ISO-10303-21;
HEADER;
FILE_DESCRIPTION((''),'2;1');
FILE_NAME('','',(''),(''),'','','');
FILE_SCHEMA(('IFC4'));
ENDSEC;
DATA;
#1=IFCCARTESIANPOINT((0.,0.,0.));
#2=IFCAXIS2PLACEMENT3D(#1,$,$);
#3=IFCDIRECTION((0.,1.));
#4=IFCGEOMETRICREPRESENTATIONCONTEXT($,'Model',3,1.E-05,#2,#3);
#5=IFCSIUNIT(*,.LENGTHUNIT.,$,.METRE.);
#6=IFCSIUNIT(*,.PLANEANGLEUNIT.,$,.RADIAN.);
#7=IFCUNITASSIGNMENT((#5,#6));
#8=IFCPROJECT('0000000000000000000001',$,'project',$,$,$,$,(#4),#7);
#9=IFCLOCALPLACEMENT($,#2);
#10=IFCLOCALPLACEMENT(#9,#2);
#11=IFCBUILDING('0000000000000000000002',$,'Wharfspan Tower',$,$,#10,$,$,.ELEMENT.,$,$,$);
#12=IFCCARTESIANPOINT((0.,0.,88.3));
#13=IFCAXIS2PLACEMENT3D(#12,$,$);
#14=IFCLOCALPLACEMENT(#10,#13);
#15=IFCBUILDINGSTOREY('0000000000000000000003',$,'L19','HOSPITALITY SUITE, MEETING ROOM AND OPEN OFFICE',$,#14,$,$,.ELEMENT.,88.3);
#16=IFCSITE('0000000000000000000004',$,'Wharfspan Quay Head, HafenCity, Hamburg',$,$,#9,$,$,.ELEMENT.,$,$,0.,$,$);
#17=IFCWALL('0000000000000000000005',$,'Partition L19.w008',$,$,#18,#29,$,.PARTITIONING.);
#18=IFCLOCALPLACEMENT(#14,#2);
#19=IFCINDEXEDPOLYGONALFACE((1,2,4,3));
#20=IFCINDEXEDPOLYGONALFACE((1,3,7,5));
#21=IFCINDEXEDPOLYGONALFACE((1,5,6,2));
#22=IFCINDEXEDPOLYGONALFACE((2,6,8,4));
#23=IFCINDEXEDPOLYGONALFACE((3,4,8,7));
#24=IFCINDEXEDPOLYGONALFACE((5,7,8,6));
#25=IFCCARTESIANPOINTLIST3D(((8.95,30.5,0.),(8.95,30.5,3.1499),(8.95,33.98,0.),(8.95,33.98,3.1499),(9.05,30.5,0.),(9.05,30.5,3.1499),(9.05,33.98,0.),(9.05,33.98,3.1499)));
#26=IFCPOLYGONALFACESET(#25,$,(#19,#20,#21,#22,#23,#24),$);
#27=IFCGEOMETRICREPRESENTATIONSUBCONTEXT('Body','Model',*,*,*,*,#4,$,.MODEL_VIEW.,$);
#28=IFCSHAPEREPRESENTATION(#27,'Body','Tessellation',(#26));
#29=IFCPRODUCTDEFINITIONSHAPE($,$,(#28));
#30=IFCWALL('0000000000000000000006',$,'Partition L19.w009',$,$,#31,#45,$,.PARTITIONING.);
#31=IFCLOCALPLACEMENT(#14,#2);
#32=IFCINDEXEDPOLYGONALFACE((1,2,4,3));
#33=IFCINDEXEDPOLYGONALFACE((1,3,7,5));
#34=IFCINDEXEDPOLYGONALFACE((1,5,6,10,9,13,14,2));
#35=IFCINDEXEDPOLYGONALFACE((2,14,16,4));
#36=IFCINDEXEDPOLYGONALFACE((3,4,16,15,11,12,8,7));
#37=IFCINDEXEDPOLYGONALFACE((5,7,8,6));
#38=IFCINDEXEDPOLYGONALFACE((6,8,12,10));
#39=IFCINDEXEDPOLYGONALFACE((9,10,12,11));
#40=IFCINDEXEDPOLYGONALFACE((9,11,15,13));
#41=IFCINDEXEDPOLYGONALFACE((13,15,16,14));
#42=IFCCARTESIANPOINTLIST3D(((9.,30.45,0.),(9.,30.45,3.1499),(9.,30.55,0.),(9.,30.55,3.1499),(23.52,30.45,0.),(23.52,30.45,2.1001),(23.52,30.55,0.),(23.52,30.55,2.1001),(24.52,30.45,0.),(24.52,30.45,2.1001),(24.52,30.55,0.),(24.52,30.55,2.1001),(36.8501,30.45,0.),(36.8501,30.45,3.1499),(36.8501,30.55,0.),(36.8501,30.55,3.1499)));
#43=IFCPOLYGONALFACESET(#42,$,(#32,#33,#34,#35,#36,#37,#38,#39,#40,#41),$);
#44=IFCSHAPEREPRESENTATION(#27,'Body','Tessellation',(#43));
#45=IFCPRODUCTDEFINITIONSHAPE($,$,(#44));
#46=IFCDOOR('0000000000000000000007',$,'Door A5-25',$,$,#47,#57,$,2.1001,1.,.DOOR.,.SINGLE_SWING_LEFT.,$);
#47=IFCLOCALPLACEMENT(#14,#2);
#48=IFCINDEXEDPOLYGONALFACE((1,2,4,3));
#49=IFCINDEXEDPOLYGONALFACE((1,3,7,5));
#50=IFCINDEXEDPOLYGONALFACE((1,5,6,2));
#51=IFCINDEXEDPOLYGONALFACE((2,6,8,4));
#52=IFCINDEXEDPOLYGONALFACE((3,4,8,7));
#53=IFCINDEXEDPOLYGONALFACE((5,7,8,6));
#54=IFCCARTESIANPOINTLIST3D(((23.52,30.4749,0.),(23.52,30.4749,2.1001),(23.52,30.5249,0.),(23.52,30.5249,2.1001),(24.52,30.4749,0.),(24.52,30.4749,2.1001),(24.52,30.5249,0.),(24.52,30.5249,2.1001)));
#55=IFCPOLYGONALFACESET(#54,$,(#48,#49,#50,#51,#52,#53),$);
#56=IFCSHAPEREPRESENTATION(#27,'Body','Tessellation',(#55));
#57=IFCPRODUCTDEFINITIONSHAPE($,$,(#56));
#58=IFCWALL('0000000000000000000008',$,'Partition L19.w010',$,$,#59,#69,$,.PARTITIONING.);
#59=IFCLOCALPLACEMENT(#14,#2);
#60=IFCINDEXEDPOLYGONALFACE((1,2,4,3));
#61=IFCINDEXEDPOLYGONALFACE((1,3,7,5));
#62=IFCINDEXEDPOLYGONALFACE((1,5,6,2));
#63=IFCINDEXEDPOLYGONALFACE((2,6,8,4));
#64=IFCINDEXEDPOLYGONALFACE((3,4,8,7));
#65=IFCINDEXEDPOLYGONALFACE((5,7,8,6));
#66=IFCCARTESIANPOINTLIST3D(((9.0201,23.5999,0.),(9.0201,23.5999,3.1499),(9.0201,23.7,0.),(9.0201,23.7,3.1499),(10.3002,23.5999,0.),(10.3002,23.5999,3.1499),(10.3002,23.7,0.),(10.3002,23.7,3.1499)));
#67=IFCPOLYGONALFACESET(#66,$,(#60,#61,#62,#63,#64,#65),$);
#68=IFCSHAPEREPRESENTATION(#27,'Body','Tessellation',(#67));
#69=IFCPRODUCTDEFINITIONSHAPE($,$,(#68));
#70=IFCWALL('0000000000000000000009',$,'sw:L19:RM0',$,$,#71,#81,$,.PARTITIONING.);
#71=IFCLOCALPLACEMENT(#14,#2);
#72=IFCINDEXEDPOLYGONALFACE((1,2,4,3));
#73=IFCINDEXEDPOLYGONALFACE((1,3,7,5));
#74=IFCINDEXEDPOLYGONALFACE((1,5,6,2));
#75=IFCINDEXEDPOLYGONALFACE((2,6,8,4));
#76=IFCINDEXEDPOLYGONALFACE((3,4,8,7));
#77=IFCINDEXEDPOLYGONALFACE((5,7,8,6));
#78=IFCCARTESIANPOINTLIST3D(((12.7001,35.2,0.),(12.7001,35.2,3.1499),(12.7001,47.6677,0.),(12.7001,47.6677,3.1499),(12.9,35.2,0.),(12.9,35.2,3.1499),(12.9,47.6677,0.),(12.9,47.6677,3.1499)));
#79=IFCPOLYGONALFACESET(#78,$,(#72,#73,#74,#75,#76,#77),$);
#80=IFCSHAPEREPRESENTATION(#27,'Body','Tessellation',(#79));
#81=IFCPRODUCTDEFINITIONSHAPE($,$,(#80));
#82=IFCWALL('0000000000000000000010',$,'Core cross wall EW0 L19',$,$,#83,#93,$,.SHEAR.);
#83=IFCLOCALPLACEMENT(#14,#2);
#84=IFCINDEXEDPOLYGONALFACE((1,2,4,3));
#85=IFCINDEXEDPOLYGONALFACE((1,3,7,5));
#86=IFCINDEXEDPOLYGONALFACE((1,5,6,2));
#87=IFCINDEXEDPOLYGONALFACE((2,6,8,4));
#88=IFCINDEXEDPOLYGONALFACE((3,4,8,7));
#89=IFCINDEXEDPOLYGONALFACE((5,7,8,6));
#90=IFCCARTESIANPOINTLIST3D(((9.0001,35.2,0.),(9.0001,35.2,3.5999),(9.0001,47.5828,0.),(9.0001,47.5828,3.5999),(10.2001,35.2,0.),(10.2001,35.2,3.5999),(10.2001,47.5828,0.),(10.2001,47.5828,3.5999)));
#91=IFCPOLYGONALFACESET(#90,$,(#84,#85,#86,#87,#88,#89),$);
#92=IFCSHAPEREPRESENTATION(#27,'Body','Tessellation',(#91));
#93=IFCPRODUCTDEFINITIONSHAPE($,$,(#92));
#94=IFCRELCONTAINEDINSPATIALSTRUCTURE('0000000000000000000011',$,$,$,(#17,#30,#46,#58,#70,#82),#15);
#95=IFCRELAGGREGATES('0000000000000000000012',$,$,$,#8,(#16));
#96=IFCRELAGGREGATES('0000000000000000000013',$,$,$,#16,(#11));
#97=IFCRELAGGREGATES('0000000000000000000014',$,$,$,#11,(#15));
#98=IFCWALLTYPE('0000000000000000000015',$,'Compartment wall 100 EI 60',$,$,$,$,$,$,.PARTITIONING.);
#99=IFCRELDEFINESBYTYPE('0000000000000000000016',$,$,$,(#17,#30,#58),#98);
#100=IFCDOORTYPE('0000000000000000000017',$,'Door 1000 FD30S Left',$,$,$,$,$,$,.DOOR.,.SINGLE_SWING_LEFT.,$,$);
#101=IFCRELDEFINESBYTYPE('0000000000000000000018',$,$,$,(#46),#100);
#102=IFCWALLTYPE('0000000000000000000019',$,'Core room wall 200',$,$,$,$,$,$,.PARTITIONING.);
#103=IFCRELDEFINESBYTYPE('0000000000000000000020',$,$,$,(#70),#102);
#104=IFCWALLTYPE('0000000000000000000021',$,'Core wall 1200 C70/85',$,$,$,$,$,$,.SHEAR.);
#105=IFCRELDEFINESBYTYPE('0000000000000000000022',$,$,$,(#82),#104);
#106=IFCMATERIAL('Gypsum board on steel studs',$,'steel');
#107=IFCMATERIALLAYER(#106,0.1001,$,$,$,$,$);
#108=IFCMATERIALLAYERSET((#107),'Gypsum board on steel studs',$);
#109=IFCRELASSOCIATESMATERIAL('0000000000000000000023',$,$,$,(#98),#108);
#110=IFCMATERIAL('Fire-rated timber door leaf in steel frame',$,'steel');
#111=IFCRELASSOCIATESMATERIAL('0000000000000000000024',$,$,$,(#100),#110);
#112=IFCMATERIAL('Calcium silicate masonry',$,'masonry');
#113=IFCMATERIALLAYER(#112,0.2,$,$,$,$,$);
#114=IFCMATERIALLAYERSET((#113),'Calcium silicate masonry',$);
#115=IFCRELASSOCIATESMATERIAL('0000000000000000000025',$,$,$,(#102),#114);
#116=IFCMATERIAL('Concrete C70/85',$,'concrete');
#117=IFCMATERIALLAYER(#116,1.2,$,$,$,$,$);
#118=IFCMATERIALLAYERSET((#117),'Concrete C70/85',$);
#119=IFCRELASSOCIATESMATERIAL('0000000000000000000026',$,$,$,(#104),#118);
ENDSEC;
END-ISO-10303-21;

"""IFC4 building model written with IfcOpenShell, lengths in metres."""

from ifc_helpers import new_model, si_unit, direction, frame, frame_2d, origin, place, context, subcontext, project, spatial, rectangle, extrude, material, layer, layer_set, type_object, element, fill, save


model = new_model("IFC4")

# Units and contexts
model_context = context("Model", 3, precision=1e-05, world=origin(), true_north=direction((0.0, 1.0)))
body_context = subcontext(model_context, "Body", "Model", "MODEL_VIEW")
ifc_project = project(units=[si_unit("LENGTHUNIT", "METRE"), si_unit("PLANEANGLEUNIT", "RADIAN")], contexts=[model_context])

# Site, building, storey
site_placement = place(None, origin())
site = spatial("IfcSite", under=ifc_project, at=site_placement, Name="Wharfspan Quay Head, HafenCity, Hamburg", CompositionType="ELEMENT", RefElevation=0.0)
building_placement = place(site_placement, origin())
building = spatial("IfcBuilding", under=site, at=building_placement, Name="Wharfspan Tower", CompositionType="ELEMENT")
storey_placement = place(building_placement, frame((0.0, 0.0, 88.3)))
storey = spatial("IfcBuildingStorey", under=building, at=storey_placement, Name="L19", Description="HOSPITALITY SUITE, MEETING ROOM AND OPEN OFFICE", CompositionType="ELEMENT", Elevation=88.3)

# Wall
ifc_material_1 = material(Name="Gypsum board on steel studs", Category="steel")
ifc_layer_1 = layer(ifc_material_1, 0.1001)
ifc_layer_set_1 = layer_set([ifc_layer_1], Name="Gypsum board on steel studs")
wall_type_1 = type_object("IfcWallType", Name="Compartment wall 100 EI 60", PredefinedType="PARTITIONING", material=ifc_layer_set_1)
wall_1_placement = place(storey_placement, frame((9.0, 30.5, 0.0), z_axis=(0.0, 0.0, 1.0), x_axis=(0.0, 1.0, 0.0)))
element("IfcWall", 1, at=wall_1_placement, inside=storey, type_object=wall_type_1, Name="Partition L19.w008", PredefinedType="PARTITIONING", context=body_context, shape_type="SweptSolid", body=[
    extrude(rectangle(XDim=3.48, YDim=0.1001, at=frame_2d((1.74, 0.0))), origin(), (0.0, 0.0, 1.0), 3.1499),
])

# Wall, opening, door
wall_2_placement = place(storey_placement, frame((9.0, 30.5, 0.0), z_axis=(0.0, 0.0, 1.0), x_axis=(1.0, 0.0, 0.0)))
wall_2 = element("IfcWall", 2, at=wall_2_placement, inside=storey, type_object=wall_type_1, Name="Partition L19.w009", PredefinedType="PARTITIONING", context=body_context, shape_type="SweptSolid", body=[
    extrude(rectangle(XDim=27.8501, YDim=0.1001, at=frame_2d((13.925, 0.0))), origin(), (0.0, 0.0, 1.0), 3.1499),
])
opening_1_placement = place(wall_2_placement, frame((14.52, 0.0, 0.0)))
opening_1 = element("IfcOpeningElement", 3, at=opening_1_placement, cuts=wall_2, PredefinedType="OPENING", context=body_context, shape_type="SweptSolid", body=[
    extrude(rectangle(XDim=1.0, YDim=2.1001, at=frame_2d((0.5, 1.05))), frame((0.0, 0.0601, 0.0), z_axis=(0.0, -1.0, 0.0), x_axis=(1.0, 0.0, 0.0)), (0.0, 0.0, 1.0), 0.1201),
])
ifc_material_2 = material(Name="Fire-rated timber door leaf in steel frame", Category="steel")
door_type_1 = type_object("IfcDoorType", Name="Door 1000 FD30S Left", OperationType="SINGLE_SWING_LEFT", PredefinedType="DOOR", material=ifc_material_2)
door_1_placement = place(opening_1_placement, origin())
door_1 = element("IfcDoor", 4, at=door_1_placement, inside=storey, type_object=door_type_1, Name="Door A5-25", OperationType="SINGLE_SWING_LEFT", OverallHeight=2.1001, OverallWidth=1.0, PredefinedType="DOOR", context=body_context, shape_type="SweptSolid", body=[
    extrude(rectangle(XDim=1.0, YDim=2.1001, at=frame_2d((0.5, 1.05))), frame((0.0, 0.0249, 0.0), z_axis=(0.0, -1.0, 0.0), x_axis=(1.0, 0.0, 0.0)), (0.0, 0.0, 1.0), 0.05),
])
fill(opening_1, door_1)

# Walls
wall_3_placement = place(storey_placement, frame((9.02, 23.6499, 0.0), z_axis=(0.0, 0.0, 1.0), x_axis=(1.0, 0.0, 0.0)))
element("IfcWall", 5, at=wall_3_placement, inside=storey, type_object=wall_type_1, Name="Partition L19.w010", PredefinedType="PARTITIONING", context=body_context, shape_type="SweptSolid", body=[
    extrude(rectangle(XDim=1.28, YDim=0.1001, at=frame_2d((0.6401, 0.0))), origin(), (0.0, 0.0, 1.0), 3.1499),
])
ifc_material_3 = material(Name="Calcium silicate masonry", Category="masonry")
ifc_layer_2 = layer(ifc_material_3, 0.2)
ifc_layer_set_2 = layer_set([ifc_layer_2], Name="Calcium silicate masonry")
wall_type_2 = type_object("IfcWallType", Name="Core room wall 200", PredefinedType="PARTITIONING", material=ifc_layer_set_2)
wall_4_placement = place(storey_placement, frame((12.8, 35.2, 0.0), z_axis=(0.0, 0.0, 1.0), x_axis=(0.0, 1.0, 0.0)))
element("IfcWall", 6, at=wall_4_placement, inside=storey, type_object=wall_type_2, Name="sw:L19:RM0", PredefinedType="PARTITIONING", context=body_context, shape_type="SweptSolid", body=[
    extrude(rectangle(XDim=12.4678, YDim=0.2, at=frame_2d((6.2339, 0.0))), origin(), (0.0, 0.0, 1.0), 3.1499),
])

# Shared definitions
ifc_material_4 = material(Name="Concrete C70/85", Category="concrete")
ifc_layer_3 = layer(ifc_material_4, 1.2)
ifc_layer_set_3 = layer_set([ifc_layer_3], Name="Concrete C70/85")
wall_type_3 = type_object("IfcWallType", Name="Core wall 1200 C70/85", PredefinedType="SHEAR", material=ifc_layer_set_3)

# Wall
wall_5_placement = place(storey_placement, frame((9.6001, 35.2, 0.0), z_axis=(0.0, 0.0, 1.0), x_axis=(0.0, 1.0, 0.0)))
element("IfcWall", 7, at=wall_5_placement, inside=storey, type_object=wall_type_3, Name="Core cross wall EW0 L19", PredefinedType="SHEAR", context=body_context, shape_type="SweptSolid", body=[
    extrude(rectangle(XDim=12.3828, YDim=1.2, at=frame_2d((6.1914, 0.0))), origin(), (0.0, 0.0, 1.0), 3.5999),
])

save(model, "model.ifc")
